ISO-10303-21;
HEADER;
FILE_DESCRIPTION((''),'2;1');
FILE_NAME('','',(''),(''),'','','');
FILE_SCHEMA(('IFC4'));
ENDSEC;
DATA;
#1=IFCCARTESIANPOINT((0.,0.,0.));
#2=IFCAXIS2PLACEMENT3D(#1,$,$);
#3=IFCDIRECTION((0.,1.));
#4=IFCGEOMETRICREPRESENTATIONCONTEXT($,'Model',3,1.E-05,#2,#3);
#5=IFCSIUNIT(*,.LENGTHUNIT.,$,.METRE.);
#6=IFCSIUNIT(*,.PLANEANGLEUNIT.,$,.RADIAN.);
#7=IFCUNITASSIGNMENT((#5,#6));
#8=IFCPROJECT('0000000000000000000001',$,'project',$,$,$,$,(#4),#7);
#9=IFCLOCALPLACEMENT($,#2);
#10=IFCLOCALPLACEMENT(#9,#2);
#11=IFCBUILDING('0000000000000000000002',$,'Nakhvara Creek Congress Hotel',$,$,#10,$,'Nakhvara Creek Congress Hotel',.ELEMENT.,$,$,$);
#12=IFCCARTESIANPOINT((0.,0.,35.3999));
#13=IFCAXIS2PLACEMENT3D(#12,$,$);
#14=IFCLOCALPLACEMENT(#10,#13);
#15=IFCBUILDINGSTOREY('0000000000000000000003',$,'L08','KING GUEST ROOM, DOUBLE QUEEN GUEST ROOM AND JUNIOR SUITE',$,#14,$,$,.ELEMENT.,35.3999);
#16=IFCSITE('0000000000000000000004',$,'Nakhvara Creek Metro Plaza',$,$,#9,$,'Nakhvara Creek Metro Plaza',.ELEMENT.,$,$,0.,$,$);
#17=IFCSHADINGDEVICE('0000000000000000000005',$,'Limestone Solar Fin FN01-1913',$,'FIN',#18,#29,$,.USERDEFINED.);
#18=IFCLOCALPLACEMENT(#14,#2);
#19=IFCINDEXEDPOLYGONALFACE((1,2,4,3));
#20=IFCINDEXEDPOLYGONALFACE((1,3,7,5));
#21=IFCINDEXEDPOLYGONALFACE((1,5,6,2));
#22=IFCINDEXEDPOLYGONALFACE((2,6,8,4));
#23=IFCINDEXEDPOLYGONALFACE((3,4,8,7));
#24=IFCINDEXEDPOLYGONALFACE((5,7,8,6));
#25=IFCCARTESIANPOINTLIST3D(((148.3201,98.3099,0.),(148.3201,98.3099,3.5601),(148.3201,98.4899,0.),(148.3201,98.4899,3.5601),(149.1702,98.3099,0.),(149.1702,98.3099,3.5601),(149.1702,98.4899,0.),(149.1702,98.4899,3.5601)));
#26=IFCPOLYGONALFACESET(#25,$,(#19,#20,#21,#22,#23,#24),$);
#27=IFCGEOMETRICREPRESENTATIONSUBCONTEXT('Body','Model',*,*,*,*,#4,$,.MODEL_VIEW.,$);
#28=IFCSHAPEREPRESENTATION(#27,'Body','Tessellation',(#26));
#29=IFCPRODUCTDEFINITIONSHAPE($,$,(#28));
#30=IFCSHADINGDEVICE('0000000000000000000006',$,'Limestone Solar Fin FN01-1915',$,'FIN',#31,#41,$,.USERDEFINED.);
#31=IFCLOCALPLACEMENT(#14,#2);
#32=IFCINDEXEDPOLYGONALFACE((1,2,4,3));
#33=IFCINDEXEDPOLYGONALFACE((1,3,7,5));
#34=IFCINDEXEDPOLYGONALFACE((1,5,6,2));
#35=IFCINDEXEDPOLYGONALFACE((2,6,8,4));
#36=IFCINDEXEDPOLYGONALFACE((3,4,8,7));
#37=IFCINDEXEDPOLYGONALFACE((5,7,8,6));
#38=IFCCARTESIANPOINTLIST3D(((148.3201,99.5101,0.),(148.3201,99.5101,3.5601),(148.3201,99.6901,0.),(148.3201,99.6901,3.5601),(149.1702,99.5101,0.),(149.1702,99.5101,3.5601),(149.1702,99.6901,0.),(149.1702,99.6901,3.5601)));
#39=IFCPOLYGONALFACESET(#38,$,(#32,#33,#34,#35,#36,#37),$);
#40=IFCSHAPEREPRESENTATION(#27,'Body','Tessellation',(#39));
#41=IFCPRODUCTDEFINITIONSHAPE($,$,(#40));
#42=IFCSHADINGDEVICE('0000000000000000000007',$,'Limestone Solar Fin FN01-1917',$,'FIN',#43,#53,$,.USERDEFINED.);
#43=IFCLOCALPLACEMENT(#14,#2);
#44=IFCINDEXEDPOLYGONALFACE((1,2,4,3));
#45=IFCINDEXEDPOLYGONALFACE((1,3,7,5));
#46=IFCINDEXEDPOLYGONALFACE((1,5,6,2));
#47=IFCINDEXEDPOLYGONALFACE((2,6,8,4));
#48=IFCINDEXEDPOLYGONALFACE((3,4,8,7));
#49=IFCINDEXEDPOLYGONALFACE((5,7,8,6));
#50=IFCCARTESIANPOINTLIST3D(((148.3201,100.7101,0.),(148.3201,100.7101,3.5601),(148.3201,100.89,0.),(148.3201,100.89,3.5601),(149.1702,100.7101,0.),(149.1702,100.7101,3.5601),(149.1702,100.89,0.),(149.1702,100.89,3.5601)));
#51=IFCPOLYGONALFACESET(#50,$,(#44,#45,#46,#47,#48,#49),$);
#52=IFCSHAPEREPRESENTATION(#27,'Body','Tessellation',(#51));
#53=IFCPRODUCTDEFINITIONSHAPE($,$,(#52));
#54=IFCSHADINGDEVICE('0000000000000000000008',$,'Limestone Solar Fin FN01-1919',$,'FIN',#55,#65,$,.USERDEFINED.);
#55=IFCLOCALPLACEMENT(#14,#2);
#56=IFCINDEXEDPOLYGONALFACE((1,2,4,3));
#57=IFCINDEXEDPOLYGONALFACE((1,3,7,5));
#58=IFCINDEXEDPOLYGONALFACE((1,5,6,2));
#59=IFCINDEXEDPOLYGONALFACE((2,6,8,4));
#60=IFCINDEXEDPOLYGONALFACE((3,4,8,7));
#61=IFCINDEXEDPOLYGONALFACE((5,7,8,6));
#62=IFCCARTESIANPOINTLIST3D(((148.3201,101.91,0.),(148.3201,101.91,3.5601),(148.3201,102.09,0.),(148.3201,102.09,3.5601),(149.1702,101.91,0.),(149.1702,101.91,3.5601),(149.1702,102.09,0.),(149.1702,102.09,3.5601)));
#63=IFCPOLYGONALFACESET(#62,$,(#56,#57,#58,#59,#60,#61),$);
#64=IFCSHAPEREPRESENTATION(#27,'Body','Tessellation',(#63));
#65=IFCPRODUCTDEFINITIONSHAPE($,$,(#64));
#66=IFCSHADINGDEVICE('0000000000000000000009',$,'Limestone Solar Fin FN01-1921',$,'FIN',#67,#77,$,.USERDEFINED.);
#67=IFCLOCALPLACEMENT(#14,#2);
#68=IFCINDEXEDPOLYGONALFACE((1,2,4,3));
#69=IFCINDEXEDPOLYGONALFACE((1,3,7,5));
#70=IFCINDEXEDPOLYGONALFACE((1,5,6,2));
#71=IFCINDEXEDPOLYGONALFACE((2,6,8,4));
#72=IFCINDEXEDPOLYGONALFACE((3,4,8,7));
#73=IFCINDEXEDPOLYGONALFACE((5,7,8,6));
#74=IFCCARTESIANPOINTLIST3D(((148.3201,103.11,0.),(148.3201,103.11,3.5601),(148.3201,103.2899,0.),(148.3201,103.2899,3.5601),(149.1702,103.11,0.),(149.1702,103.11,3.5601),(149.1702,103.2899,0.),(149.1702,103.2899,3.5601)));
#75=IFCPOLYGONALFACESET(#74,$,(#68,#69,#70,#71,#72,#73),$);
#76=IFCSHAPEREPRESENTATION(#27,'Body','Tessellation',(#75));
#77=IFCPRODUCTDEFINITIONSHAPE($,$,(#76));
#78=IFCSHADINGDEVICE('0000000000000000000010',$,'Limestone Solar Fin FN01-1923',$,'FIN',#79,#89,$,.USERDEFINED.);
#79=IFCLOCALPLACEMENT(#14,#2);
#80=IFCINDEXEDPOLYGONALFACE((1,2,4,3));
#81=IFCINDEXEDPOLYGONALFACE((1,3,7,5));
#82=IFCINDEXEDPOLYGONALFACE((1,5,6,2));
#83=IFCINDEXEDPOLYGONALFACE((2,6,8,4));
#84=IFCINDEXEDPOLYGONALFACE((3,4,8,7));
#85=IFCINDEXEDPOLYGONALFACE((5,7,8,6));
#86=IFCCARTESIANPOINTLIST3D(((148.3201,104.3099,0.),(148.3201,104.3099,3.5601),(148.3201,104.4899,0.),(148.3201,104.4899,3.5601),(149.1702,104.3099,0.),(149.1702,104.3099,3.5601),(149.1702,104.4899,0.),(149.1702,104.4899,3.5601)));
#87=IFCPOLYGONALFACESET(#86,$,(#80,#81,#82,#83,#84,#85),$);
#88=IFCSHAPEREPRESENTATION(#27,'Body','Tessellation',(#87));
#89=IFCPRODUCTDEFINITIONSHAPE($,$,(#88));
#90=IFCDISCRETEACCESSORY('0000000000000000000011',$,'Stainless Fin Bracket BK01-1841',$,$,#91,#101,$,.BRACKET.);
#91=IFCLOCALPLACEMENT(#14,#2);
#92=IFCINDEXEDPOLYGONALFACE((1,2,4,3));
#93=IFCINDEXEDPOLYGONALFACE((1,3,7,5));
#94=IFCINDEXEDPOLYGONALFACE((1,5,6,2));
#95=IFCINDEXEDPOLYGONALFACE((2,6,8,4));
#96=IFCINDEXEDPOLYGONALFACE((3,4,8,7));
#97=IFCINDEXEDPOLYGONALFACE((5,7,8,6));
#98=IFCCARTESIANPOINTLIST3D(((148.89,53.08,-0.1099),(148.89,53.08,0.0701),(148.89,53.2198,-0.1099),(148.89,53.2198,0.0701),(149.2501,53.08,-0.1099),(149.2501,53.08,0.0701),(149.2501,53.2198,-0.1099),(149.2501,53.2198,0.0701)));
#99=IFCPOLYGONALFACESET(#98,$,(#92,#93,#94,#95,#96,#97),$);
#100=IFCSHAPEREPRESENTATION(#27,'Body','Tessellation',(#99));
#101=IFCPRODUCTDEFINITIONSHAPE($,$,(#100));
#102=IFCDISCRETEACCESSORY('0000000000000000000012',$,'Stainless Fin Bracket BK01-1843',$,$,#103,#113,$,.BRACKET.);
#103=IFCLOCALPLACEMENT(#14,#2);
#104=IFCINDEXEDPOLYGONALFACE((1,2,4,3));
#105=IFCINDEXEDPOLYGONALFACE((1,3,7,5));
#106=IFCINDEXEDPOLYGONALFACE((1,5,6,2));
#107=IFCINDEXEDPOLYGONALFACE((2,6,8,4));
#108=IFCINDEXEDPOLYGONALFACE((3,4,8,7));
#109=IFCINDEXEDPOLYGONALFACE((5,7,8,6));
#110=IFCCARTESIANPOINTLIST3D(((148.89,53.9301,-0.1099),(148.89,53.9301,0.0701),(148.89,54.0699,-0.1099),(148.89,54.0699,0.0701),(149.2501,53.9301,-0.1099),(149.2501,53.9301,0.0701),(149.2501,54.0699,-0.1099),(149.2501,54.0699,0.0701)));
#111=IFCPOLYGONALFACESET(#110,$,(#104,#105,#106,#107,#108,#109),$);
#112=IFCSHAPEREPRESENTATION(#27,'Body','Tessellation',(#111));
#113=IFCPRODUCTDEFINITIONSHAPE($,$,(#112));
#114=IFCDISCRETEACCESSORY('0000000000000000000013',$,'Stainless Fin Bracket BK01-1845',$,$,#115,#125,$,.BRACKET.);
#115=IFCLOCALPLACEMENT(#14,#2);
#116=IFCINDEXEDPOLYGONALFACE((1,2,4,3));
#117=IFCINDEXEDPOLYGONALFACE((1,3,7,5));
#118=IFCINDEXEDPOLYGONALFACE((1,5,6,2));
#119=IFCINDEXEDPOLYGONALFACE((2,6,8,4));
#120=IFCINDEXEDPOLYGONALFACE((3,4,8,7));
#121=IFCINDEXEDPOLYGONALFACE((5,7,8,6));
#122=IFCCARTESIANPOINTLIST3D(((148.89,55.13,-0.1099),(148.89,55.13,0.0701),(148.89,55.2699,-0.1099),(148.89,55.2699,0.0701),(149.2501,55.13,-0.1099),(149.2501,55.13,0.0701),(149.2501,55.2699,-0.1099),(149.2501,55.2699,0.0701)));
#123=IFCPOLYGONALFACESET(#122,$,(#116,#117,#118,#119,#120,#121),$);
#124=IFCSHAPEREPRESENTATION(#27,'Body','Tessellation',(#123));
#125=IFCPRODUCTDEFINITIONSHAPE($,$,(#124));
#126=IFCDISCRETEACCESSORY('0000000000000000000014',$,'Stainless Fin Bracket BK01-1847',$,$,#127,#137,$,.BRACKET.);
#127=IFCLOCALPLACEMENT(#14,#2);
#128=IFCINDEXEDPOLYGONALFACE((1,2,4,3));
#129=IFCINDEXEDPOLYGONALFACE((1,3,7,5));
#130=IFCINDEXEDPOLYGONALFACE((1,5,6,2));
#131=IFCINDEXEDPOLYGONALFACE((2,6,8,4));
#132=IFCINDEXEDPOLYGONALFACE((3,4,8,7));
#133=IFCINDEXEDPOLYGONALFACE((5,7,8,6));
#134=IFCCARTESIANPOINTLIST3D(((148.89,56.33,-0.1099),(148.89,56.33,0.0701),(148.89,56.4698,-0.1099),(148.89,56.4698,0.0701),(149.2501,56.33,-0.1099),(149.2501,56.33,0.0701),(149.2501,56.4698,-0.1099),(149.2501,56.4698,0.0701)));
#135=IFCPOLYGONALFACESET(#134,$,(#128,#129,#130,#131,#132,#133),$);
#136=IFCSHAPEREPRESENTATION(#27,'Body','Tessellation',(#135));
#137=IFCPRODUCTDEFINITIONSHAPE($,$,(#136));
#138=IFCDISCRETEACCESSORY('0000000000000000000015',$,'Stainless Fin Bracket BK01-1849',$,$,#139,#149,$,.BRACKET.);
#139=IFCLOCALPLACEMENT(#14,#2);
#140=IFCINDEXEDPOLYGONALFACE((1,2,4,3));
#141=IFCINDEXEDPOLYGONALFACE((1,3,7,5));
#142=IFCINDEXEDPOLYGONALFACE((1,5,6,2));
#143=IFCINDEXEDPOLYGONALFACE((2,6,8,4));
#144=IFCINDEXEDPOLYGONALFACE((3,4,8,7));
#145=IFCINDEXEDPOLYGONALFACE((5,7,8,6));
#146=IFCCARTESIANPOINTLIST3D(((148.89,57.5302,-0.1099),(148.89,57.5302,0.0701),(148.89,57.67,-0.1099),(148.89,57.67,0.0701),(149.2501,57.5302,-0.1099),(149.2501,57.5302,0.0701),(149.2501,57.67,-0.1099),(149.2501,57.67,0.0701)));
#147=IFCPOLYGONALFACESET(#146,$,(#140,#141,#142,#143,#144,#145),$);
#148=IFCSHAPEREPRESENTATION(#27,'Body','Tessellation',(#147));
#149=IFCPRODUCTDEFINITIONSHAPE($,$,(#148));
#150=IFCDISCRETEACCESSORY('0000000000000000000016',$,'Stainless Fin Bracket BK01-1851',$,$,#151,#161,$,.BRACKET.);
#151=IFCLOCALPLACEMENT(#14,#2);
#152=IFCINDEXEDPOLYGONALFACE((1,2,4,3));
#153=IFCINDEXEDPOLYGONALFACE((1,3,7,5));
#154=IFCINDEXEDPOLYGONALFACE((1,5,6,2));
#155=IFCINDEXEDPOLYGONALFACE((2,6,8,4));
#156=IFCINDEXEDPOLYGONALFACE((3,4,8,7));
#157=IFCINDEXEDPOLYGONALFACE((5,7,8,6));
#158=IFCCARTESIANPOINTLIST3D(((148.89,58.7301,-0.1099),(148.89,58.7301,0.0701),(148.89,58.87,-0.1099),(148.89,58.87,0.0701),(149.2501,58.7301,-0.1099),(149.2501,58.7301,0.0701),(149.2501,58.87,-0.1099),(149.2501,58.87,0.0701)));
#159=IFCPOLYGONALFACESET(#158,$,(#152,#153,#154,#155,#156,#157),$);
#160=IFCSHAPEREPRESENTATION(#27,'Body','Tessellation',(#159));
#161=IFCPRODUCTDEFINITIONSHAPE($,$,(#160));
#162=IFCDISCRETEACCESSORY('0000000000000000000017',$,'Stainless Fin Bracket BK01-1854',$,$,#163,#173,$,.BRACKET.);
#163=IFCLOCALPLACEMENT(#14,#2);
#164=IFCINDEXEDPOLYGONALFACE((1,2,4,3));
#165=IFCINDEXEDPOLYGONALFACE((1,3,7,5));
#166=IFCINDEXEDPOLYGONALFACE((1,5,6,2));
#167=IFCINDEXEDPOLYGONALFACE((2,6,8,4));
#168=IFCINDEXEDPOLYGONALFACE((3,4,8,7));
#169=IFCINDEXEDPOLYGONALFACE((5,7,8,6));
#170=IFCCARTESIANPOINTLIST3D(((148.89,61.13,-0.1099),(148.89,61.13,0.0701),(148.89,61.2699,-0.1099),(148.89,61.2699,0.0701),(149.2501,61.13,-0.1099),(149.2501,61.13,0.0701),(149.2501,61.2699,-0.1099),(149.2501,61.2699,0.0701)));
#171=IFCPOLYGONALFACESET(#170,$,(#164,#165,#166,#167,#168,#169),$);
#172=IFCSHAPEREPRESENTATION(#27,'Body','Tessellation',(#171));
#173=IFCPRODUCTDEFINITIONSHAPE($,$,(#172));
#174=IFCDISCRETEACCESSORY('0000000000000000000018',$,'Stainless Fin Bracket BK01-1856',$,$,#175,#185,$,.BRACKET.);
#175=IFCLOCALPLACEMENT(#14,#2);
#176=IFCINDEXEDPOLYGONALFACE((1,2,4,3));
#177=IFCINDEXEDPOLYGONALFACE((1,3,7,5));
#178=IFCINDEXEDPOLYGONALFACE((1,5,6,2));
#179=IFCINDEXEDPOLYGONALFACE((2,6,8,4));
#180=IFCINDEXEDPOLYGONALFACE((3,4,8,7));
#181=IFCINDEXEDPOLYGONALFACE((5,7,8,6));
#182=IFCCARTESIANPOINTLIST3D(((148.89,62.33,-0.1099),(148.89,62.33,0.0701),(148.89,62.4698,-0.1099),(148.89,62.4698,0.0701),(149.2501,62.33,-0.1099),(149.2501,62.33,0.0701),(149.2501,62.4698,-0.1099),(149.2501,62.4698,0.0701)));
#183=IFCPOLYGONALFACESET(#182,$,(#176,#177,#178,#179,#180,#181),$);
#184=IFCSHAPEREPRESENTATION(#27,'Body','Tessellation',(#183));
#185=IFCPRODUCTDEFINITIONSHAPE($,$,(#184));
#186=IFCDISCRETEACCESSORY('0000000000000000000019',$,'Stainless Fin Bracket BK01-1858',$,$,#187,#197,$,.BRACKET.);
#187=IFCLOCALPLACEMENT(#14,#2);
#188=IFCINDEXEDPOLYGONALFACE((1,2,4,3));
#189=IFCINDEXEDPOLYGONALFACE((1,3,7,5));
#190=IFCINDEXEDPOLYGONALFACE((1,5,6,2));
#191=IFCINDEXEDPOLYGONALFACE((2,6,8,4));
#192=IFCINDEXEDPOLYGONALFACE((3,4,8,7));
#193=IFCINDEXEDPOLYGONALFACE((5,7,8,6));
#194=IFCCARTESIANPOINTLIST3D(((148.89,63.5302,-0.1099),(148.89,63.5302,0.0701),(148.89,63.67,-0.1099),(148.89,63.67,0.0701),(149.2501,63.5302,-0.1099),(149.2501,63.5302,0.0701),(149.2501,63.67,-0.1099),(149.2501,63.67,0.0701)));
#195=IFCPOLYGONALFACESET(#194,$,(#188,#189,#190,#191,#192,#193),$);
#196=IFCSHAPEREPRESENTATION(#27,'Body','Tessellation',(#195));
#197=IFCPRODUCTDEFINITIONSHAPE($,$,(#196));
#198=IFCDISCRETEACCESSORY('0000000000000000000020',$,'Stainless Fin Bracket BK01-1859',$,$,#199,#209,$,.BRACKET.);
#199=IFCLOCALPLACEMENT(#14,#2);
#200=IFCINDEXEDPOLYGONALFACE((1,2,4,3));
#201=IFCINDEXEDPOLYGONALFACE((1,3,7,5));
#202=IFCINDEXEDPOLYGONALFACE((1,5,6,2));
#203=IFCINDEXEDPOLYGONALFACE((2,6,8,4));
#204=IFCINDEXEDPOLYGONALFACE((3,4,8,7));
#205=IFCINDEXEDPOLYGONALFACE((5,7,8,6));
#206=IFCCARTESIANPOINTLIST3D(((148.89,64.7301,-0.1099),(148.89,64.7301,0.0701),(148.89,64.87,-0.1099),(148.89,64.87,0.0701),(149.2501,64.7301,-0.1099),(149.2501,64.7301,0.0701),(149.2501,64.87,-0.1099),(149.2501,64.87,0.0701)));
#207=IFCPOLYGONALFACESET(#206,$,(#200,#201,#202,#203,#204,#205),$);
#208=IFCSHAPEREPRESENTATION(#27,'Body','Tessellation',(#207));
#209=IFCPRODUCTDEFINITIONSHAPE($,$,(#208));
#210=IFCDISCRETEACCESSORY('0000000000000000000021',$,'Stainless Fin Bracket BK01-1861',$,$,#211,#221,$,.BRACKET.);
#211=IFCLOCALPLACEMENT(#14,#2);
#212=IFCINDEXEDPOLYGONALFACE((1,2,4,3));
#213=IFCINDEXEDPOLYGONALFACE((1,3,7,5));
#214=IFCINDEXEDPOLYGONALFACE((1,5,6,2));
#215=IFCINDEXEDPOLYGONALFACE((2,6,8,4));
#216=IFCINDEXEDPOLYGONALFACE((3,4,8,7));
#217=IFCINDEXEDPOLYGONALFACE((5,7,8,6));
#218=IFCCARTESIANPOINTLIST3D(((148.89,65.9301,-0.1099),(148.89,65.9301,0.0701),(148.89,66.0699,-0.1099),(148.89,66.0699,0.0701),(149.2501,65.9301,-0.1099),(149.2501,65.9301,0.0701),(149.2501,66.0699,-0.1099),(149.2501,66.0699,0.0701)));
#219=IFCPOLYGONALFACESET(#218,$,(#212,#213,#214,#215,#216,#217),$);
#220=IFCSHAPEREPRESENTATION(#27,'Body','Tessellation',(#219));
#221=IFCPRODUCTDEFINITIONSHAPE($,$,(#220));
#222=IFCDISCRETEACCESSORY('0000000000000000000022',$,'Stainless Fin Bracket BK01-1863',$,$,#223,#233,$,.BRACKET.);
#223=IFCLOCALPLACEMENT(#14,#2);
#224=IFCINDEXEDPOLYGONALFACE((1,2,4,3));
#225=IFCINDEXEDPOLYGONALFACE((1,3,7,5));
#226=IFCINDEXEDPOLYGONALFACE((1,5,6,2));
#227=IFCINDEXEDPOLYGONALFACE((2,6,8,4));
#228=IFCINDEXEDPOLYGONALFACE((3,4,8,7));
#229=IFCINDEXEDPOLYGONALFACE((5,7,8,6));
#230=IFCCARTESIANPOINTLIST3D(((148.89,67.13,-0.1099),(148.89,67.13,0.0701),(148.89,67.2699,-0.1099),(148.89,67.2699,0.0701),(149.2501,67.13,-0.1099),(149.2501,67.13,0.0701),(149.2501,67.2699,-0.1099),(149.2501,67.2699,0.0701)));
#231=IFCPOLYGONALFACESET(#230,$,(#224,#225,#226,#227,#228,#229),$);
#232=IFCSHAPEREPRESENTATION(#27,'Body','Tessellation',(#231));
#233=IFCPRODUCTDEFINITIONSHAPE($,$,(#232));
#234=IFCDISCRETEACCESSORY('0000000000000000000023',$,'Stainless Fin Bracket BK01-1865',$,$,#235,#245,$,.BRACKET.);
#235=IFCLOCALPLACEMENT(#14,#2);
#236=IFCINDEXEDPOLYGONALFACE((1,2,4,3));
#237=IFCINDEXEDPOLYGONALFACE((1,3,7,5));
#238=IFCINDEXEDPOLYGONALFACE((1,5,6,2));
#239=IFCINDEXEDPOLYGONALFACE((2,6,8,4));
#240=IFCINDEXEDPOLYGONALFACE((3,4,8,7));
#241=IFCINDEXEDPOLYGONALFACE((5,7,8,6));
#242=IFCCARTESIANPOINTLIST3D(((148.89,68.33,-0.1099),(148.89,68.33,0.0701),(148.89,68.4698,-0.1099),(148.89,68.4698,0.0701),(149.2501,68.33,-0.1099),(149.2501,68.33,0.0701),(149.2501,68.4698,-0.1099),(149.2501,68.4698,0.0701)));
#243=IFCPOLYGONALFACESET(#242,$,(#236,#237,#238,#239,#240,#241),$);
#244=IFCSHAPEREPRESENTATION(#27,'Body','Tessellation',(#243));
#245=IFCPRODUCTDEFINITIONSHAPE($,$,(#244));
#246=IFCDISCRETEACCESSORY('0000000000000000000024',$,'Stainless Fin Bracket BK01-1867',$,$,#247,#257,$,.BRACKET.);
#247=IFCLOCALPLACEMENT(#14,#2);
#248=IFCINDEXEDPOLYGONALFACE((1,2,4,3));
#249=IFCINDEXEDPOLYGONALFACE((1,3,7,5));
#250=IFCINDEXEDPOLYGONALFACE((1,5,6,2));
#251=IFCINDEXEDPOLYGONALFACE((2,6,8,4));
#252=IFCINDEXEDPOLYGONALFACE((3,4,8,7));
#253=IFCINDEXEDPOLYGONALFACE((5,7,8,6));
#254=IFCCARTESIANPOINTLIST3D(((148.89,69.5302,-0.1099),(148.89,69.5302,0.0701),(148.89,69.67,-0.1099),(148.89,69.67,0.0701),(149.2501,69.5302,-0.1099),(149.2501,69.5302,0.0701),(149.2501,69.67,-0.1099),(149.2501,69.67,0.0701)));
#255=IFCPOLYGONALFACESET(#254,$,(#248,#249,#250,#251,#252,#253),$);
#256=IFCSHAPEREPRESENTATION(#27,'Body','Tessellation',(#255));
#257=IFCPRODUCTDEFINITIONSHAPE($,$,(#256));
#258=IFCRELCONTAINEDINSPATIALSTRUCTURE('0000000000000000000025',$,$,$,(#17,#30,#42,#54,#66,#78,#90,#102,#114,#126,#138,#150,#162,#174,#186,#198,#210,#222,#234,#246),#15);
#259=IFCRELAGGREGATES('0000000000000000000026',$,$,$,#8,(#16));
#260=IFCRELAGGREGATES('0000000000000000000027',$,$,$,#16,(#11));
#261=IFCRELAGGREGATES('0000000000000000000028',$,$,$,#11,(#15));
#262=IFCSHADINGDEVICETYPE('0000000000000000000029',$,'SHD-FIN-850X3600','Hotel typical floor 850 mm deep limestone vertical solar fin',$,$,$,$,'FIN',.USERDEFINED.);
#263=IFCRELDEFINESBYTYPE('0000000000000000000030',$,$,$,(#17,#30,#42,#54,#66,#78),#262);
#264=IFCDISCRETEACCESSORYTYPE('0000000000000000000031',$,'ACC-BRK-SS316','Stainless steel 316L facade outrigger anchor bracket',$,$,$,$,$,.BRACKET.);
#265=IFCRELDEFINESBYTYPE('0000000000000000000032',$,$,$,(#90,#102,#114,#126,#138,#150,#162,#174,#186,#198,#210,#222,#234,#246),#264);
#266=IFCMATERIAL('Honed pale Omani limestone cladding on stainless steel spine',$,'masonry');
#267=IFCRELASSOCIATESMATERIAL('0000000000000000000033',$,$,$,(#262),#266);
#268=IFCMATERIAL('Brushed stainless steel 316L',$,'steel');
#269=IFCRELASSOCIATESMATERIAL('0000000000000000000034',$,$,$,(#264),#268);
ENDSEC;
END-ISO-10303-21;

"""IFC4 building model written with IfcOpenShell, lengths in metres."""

from ifc_helpers import new_model, si_unit, direction, frame, origin, origin_2d, place, context, subcontext, project, spatial, rectangle, extrude, material, type_object, element, save


model = new_model("IFC4")

# Units and contexts
model_context = context("Model", 3, precision=1e-05, world=origin(), true_north=direction((0.0, 1.0)))
body_context = subcontext(model_context, "Body", "Model", "MODEL_VIEW")
ifc_project = project(units=[si_unit("LENGTHUNIT", "METRE"), si_unit("PLANEANGLEUNIT", "RADIAN")], contexts=[model_context])

# Site, building, storey
site_placement = place(None, origin())
site = spatial("IfcSite", under=ifc_project, at=site_placement, Name="Nakhvara Creek Metro Plaza", LongName="Nakhvara Creek Metro Plaza", CompositionType="ELEMENT", RefElevation=0.0)
building_placement = place(site_placement, origin())
building = spatial("IfcBuilding", under=site, at=building_placement, Name="Nakhvara Creek Congress Hotel", LongName="Nakhvara Creek Congress Hotel", CompositionType="ELEMENT")
storey_placement = place(building_placement, frame((0.0, 0.0, 35.3999)))
storey = spatial("IfcBuildingStorey", under=building, at=storey_placement, Name="L08", Description="KING GUEST ROOM, DOUBLE QUEEN GUEST ROOM AND JUNIOR SUITE", CompositionType="ELEMENT", Elevation=35.3999)

# Shading devices
ifc_material_1 = material(Name="Honed pale Omani limestone cladding on stainless steel spine", Category="masonry")
shading_device_type = type_object("IfcShadingDeviceType", Name="SHD-FIN-850X3600", Description="Hotel typical floor 850 mm deep limestone vertical solar fin", ElementType="FIN", PredefinedType="USERDEFINED", material=ifc_material_1)
for number, where, z_axis, x_axis, name in (
    (1, (148.7451, 98.3999, 0.0), (0.0, 0.0, 1.0), (0.0, 1.0, 0.0), "Limestone Solar Fin FN01-1913"),
    (2, (148.7451, 99.6001, 0.0), (0.0, 0.0, 1.0), (0.0, 1.0, 0.0), "Limestone Solar Fin FN01-1915"),
    (3, (148.7451, 100.8, 0.0), (0.0, 0.0, 1.0), (0.0, 1.0, 0.0), "Limestone Solar Fin FN01-1917"),
    (4, (148.7451, 102.0, 0.0), (0.0, 0.0, 1.0), (0.0, 1.0, 0.0), "Limestone Solar Fin FN01-1919"),
    (5, (148.7451, 103.2, 0.0), (0.0, 0.0, 1.0), (0.0, 1.0, 0.0), "Limestone Solar Fin FN01-1921"),
    (6, (148.7451, 104.3999, 0.0), (0.0, 0.0, 1.0), (0.0, 1.0, 0.0), "Limestone Solar Fin FN01-1923"),
):
    element("IfcShadingDevice", number, at=place(storey_placement, frame(where, z_axis=z_axis, x_axis=x_axis)), inside=storey, type_object=shading_device_type, Name=name, ObjectType="FIN", PredefinedType="USERDEFINED", context=body_context, shape_type="SweptSolid", body=[
        extrude(rectangle(XDim=0.1799, YDim=0.8501, at=origin_2d()), origin(), (0.0, 0.0, 1.0), 3.5601),
    ])

# Discrete accessories
ifc_material_2 = material(Name="Brushed stainless steel 316L", Category="steel")
discrete_accessory_type = type_object("IfcDiscreteAccessoryType", Name="ACC-BRK-SS316", Description="Stainless steel 316L facade outrigger anchor bracket", PredefinedType="BRACKET", material=ifc_material_2)
for number, where, z_axis, x_axis, name in (
    (7, (149.0701, 53.1499, -0.1099), (0.0, 0.0, 1.0), (0.0, 1.0, 0.0), "Stainless Fin Bracket BK01-1841"),
    (8, (149.0701, 54.0, -0.1099), (0.0, 0.0, 1.0), (0.0, 1.0, 0.0), "Stainless Fin Bracket BK01-1843"),
    (9, (149.0701, 55.2, -0.1099), (0.0, 0.0, 1.0), (0.0, 1.0, 0.0), "Stainless Fin Bracket BK01-1845"),
    (10, (149.0701, 56.3999, -0.1099), (0.0, 0.0, 1.0), (0.0, 1.0, 0.0), "Stainless Fin Bracket BK01-1847"),
    (11, (149.0701, 57.6001, -0.1099), (0.0, 0.0, 1.0), (0.0, 1.0, 0.0), "Stainless Fin Bracket BK01-1849"),
    (12, (149.0701, 58.8, -0.1099), (0.0, 0.0, 1.0), (0.0, 1.0, 0.0), "Stainless Fin Bracket BK01-1851"),
    (13, (149.0701, 61.2, -0.1099), (0.0, 0.0, 1.0), (0.0, 1.0, 0.0), "Stainless Fin Bracket BK01-1854"),
    (14, (149.0701, 62.3999, -0.1099), (0.0, 0.0, 1.0), (0.0, 1.0, 0.0), "Stainless Fin Bracket BK01-1856"),
    (15, (149.0701, 63.6001, -0.1099), (0.0, 0.0, 1.0), (0.0, 1.0, 0.0), "Stainless Fin Bracket BK01-1858"),
    (16, (149.0701, 64.8, -0.1099), (0.0, 0.0, 1.0), (0.0, 1.0, 0.0), "Stainless Fin Bracket BK01-1859"),
    (17, (149.0701, 66.0, -0.1099), (0.0, 0.0, 1.0), (0.0, 1.0, 0.0), "Stainless Fin Bracket BK01-1861"),
    (18, (149.0701, 67.2, -0.1099), (0.0, 0.0, 1.0), (0.0, 1.0, 0.0), "Stainless Fin Bracket BK01-1863"),
    (19, (149.0701, 68.3999, -0.1099), (0.0, 0.0, 1.0), (0.0, 1.0, 0.0), "Stainless Fin Bracket BK01-1865"),
    (20, (149.0701, 69.6001, -0.1099), (0.0, 0.0, 1.0), (0.0, 1.0, 0.0), "Stainless Fin Bracket BK01-1867"),
):
    element("IfcDiscreteAccessory", number, at=place(storey_placement, frame(where, z_axis=z_axis, x_axis=x_axis)), inside=storey, type_object=discrete_accessory_type, Name=name, PredefinedType="BRACKET", context=body_context, shape_type="SweptSolid", body=[
        extrude(rectangle(XDim=0.1399, YDim=0.3601, at=origin_2d()), origin(), (0.0, 0.0, 1.0), 0.1799),
    ])

save(model, "model.ifc")
